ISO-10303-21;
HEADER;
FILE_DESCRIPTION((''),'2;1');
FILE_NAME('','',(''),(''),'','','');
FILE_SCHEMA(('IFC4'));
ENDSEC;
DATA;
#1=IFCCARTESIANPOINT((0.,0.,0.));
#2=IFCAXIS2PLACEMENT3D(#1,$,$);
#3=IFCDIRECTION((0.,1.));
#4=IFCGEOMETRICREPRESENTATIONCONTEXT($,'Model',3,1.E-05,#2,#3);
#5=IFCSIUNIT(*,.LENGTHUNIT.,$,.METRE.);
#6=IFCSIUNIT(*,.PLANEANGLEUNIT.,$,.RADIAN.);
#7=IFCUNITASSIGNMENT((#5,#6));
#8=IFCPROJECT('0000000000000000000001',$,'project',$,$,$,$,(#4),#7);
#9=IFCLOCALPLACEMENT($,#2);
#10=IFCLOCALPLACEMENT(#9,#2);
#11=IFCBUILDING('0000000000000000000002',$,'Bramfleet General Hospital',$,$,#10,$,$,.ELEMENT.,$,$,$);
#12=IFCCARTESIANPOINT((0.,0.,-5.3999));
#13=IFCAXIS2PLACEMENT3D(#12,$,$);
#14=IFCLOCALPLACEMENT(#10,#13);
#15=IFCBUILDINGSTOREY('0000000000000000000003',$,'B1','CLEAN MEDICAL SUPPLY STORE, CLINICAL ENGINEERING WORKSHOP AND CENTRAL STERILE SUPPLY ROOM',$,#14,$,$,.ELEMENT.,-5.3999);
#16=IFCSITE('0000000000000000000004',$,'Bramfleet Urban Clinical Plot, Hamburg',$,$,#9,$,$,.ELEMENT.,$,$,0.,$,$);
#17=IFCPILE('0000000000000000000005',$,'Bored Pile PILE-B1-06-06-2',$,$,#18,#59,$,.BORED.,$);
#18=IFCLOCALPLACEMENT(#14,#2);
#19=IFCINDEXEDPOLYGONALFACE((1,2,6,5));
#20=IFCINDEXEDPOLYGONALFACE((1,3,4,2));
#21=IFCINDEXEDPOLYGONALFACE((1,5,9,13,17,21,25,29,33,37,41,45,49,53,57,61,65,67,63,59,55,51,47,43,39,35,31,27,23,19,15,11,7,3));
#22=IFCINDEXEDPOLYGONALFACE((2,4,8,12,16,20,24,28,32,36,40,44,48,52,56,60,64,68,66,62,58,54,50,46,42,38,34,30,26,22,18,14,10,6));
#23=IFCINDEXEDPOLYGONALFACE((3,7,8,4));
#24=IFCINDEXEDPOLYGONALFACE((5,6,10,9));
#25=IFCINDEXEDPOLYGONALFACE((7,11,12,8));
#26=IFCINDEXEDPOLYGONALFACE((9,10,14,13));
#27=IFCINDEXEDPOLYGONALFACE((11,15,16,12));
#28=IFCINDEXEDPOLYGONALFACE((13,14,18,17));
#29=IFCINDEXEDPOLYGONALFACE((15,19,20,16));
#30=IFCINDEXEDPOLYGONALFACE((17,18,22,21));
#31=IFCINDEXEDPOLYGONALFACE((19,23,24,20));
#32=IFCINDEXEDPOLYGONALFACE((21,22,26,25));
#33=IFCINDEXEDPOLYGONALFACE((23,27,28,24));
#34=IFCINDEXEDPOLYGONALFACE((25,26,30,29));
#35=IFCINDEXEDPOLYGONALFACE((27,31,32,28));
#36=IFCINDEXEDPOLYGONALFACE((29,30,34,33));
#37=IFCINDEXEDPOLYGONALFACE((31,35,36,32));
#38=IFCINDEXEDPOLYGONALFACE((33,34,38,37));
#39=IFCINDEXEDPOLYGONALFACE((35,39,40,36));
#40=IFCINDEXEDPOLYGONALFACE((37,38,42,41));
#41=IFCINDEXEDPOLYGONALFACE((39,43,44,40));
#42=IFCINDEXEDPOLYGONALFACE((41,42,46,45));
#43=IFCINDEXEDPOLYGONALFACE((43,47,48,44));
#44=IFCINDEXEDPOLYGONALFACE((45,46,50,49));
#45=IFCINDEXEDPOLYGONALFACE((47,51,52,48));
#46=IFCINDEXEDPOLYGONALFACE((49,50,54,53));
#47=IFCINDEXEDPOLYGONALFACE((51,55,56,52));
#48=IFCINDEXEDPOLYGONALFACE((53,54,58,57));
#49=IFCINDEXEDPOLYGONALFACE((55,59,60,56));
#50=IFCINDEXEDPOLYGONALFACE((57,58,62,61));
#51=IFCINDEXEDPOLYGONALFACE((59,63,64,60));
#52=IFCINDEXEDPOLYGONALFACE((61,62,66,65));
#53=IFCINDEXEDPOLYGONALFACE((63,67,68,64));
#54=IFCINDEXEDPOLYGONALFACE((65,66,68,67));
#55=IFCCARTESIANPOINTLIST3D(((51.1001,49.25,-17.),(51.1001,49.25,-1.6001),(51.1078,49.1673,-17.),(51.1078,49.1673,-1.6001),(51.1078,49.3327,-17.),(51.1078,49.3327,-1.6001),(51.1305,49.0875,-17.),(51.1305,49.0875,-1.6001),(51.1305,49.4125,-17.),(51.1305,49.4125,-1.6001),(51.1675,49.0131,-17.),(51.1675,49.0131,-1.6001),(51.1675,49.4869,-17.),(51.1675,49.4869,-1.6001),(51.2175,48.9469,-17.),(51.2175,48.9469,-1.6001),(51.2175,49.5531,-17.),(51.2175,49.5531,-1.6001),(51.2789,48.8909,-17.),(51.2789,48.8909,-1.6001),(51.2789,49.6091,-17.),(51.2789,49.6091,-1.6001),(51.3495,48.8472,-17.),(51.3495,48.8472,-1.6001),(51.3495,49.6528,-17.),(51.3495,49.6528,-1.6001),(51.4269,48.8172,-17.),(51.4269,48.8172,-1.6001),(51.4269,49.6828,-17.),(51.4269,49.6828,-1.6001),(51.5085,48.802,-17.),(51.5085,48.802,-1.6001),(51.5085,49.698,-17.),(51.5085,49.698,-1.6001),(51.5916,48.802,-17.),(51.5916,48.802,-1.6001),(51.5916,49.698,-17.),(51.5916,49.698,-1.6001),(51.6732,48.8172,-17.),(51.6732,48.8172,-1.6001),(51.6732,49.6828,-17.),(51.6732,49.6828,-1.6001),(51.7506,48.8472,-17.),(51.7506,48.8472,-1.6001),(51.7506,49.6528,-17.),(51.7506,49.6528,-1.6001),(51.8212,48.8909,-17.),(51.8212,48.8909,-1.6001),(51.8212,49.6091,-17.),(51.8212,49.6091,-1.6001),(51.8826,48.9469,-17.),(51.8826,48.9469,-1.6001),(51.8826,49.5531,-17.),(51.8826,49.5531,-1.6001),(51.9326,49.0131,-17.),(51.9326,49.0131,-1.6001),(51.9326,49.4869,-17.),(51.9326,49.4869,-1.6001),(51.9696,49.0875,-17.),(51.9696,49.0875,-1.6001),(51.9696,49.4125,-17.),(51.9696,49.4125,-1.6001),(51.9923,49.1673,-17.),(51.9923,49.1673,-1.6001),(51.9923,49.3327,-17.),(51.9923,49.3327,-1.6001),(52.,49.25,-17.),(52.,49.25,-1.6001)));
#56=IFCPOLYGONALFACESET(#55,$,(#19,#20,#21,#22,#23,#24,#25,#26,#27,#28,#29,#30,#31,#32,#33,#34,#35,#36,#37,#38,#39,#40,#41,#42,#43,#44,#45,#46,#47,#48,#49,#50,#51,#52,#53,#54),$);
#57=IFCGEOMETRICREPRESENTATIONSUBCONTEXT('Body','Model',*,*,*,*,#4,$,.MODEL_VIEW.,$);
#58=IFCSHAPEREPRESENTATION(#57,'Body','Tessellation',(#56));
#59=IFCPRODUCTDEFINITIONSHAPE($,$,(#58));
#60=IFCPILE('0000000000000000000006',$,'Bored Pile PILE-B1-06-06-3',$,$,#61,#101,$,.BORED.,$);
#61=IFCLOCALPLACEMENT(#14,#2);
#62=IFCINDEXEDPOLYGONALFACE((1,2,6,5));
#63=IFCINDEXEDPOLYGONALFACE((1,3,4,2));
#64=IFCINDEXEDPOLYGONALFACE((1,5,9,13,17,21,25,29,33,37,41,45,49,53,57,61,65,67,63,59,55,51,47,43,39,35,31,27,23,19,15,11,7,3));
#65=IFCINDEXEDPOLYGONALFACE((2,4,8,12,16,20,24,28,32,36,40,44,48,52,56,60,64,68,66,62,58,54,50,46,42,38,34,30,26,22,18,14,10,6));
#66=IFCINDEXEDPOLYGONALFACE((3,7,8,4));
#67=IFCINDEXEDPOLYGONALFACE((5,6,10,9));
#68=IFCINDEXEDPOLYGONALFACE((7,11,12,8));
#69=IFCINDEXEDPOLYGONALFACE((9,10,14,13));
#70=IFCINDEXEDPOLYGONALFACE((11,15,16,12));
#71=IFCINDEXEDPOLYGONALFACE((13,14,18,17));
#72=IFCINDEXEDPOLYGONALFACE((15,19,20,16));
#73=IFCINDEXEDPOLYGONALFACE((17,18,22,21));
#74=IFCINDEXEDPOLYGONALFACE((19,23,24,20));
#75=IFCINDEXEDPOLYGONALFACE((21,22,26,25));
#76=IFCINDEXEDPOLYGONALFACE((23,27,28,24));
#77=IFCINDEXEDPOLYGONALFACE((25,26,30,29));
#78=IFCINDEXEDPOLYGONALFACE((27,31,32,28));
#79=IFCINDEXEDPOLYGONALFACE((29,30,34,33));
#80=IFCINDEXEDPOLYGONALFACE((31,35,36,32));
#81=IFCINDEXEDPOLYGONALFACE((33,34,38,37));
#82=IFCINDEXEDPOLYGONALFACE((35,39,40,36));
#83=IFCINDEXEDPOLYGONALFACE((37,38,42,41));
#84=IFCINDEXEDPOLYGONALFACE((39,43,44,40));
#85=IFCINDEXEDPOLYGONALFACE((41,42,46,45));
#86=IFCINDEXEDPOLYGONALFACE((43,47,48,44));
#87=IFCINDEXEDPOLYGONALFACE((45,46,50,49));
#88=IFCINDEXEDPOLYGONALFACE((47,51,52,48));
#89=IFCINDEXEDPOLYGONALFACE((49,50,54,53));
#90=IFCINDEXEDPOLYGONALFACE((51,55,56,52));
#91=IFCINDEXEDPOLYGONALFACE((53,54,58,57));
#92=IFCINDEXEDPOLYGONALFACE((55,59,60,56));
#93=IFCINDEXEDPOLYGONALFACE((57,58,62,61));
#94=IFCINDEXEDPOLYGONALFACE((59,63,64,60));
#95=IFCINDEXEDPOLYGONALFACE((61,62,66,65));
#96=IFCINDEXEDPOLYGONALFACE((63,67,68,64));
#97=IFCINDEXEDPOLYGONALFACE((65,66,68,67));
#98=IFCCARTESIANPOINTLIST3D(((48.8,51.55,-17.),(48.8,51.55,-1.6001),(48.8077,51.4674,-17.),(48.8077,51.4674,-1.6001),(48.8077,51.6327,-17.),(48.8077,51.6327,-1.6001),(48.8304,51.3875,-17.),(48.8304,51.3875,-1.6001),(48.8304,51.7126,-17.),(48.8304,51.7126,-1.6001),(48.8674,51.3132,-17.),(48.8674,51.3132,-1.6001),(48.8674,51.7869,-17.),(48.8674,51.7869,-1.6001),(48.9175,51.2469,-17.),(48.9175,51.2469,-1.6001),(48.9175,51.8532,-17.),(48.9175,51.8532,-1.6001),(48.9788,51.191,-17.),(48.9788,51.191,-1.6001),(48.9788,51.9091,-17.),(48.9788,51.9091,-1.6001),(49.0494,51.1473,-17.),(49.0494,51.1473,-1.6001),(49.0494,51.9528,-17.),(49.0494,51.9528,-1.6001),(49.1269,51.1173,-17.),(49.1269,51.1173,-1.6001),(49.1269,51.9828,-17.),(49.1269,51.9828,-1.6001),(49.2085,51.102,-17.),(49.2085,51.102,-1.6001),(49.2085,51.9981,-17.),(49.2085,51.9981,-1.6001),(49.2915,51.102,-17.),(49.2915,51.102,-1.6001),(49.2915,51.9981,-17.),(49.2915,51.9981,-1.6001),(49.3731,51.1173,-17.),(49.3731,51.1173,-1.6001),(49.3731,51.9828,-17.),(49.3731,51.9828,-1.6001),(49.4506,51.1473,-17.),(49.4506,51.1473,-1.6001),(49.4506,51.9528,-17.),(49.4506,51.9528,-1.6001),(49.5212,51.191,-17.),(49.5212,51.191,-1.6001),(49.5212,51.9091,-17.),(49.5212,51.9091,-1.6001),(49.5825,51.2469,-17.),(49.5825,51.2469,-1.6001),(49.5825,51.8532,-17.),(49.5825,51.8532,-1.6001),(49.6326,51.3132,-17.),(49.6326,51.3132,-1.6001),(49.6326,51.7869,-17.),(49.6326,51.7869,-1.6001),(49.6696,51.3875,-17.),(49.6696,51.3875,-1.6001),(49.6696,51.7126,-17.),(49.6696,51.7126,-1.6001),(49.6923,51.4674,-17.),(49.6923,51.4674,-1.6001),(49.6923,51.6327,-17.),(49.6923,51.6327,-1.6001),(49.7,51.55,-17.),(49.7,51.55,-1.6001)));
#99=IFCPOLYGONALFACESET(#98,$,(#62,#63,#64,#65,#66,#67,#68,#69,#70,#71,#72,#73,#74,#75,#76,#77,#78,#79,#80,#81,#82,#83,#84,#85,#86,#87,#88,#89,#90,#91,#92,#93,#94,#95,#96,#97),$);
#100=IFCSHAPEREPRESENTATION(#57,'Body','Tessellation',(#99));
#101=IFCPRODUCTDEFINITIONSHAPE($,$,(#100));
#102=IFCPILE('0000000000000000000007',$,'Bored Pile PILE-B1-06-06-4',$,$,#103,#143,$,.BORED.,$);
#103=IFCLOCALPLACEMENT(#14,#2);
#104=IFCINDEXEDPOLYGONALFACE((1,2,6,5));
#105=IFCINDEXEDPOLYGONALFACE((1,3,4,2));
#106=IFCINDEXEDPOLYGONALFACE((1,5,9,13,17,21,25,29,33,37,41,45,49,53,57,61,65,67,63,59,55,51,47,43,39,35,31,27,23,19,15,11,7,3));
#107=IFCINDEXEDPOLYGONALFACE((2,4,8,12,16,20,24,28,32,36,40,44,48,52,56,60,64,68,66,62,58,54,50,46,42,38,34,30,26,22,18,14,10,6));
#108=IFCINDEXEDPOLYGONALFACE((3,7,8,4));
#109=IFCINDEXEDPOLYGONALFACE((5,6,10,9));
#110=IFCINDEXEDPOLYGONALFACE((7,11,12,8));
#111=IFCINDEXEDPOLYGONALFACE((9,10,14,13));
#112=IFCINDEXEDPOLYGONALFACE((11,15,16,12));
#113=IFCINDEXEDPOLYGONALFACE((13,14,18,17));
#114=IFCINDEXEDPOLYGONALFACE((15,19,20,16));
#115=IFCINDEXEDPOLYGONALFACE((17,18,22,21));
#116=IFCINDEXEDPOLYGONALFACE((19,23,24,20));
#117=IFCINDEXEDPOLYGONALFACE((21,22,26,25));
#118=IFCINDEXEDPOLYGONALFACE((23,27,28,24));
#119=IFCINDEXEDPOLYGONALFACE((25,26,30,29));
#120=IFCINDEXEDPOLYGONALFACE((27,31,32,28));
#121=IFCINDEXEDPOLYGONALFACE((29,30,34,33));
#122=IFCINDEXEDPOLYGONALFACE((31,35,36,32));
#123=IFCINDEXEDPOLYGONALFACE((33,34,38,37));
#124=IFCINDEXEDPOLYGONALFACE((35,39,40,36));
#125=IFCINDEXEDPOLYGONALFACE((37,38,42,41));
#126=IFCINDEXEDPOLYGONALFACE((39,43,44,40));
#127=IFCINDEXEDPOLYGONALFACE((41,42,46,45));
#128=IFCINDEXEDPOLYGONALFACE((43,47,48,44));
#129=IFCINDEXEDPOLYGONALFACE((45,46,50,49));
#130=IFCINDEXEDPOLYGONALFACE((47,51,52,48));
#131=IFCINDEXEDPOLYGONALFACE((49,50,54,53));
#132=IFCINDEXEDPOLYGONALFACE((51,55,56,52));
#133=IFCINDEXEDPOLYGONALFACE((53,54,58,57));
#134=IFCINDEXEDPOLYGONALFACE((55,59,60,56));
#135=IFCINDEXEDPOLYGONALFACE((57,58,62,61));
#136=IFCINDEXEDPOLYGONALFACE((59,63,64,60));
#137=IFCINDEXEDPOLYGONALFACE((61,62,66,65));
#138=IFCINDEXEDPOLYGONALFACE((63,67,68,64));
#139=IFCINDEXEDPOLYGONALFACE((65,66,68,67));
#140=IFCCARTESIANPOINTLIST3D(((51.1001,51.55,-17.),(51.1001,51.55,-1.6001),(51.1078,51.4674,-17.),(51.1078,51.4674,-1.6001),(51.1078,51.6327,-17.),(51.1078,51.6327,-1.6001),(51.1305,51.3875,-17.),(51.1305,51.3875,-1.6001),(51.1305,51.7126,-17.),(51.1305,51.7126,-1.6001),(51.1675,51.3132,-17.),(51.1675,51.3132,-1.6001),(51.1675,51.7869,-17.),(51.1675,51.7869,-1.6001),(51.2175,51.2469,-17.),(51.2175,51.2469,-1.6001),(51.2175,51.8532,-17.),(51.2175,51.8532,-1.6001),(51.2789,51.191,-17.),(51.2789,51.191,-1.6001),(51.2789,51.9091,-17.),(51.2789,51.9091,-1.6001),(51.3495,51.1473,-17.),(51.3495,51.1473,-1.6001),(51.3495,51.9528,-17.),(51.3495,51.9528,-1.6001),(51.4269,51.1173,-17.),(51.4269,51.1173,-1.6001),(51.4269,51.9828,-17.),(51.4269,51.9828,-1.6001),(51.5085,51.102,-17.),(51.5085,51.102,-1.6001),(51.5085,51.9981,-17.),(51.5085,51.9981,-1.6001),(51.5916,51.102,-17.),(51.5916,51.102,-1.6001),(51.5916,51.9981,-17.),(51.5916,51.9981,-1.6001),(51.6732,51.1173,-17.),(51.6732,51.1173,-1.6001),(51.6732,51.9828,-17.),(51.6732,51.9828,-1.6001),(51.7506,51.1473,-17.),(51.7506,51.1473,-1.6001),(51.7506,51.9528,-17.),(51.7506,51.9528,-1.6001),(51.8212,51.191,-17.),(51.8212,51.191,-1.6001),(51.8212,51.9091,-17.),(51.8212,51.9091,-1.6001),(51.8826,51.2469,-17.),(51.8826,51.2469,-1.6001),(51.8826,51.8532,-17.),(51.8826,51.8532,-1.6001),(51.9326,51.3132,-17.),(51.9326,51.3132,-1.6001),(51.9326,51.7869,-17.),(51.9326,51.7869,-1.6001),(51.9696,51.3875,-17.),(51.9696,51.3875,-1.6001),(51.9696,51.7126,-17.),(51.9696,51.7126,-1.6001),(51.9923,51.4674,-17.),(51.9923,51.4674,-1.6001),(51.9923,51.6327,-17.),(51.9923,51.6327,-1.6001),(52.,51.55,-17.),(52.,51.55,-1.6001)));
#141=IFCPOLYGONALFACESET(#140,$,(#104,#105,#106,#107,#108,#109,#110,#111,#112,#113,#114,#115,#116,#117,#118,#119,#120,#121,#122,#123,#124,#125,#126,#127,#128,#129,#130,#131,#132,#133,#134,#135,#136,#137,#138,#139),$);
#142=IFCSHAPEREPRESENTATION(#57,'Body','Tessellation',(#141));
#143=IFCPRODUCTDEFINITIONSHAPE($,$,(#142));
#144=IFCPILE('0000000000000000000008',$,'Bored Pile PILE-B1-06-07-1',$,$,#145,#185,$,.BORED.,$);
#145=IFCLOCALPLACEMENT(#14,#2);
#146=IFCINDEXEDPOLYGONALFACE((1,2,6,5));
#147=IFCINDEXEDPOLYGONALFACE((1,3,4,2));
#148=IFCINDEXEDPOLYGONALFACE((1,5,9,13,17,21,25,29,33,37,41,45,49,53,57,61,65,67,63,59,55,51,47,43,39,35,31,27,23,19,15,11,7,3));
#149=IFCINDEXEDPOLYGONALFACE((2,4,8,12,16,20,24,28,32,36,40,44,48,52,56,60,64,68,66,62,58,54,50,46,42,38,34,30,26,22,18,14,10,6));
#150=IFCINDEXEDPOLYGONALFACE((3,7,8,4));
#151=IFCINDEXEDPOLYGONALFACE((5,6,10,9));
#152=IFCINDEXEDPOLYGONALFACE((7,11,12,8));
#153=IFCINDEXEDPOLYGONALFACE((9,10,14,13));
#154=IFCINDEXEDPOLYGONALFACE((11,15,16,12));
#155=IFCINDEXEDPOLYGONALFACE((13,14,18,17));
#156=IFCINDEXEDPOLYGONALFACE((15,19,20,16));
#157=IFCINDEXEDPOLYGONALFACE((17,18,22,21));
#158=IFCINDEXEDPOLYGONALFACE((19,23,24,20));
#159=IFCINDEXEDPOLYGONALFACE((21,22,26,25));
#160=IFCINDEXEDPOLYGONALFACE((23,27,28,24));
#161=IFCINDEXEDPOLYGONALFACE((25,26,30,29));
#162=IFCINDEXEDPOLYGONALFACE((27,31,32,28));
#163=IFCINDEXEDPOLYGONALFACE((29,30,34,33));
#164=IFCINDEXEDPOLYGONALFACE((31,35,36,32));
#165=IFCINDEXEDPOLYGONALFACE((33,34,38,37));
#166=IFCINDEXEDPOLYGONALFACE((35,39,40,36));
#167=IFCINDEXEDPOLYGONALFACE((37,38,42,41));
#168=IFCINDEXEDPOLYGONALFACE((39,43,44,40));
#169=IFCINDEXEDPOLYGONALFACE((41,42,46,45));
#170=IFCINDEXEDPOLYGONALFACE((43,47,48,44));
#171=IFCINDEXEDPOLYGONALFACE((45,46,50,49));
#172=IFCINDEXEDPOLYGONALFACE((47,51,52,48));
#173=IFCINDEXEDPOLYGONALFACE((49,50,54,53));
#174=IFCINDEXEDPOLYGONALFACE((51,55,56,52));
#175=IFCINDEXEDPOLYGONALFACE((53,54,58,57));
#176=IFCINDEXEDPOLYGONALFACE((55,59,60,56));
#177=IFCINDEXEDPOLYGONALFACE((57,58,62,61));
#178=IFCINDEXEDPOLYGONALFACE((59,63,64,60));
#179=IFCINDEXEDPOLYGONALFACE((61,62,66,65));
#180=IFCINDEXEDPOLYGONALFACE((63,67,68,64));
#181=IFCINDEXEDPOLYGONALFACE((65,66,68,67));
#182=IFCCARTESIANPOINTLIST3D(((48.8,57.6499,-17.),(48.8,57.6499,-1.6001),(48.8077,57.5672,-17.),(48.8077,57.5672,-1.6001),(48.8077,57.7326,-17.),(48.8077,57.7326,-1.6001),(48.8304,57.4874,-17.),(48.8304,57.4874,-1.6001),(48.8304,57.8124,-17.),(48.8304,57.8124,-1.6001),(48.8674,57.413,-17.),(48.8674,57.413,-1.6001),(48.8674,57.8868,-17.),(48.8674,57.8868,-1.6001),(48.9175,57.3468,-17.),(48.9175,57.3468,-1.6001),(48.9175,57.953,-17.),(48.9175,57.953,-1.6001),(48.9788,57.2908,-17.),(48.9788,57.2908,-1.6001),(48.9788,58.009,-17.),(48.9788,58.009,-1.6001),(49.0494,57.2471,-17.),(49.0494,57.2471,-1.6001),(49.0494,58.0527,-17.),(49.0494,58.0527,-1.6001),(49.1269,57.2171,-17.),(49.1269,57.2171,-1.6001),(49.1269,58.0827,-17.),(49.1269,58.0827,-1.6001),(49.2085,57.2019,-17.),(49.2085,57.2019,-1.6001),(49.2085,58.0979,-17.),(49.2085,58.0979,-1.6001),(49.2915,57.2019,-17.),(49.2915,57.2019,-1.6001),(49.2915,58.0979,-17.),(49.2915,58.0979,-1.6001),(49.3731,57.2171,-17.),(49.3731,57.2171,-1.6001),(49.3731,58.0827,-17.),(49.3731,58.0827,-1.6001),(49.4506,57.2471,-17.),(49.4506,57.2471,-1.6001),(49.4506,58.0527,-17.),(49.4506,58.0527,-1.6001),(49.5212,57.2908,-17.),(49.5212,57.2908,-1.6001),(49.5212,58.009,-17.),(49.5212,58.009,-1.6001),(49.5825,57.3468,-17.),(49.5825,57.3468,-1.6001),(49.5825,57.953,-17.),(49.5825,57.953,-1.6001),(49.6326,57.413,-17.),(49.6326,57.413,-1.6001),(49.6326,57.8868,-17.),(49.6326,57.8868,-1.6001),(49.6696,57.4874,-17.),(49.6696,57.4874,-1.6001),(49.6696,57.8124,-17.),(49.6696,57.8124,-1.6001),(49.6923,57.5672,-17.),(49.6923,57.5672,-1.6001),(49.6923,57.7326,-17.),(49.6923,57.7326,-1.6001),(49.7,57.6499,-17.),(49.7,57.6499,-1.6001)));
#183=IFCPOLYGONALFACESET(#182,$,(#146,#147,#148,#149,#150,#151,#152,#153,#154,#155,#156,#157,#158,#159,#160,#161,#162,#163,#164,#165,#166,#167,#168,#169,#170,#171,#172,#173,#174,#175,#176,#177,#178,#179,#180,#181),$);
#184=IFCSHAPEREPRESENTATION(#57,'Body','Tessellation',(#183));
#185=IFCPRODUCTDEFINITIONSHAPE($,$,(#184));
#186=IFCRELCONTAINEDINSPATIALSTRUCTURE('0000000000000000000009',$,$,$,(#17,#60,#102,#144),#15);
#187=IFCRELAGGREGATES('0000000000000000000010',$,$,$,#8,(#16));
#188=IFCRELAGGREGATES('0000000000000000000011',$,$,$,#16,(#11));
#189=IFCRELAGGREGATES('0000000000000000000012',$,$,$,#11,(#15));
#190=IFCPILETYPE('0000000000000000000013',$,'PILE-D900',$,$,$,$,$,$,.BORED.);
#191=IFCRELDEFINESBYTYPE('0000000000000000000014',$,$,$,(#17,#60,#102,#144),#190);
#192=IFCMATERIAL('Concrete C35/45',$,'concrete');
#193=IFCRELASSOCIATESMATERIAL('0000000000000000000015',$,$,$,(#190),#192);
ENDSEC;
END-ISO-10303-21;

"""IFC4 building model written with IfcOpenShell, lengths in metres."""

from ifc_helpers import new_model, si_unit, direction, frame, origin, origin_2d, place, context, subcontext, project, spatial, circle, extrude, material, material_profile, profile_set, type_object, element, save


model = new_model("IFC4")

# Units and contexts
model_context = context("Model", 3, precision=1e-05, world=origin(), true_north=direction((0.0, 1.0)))
body_context = subcontext(model_context, "Body", "Model", "MODEL_VIEW")
ifc_project = project(units=[si_unit("LENGTHUNIT", "METRE"), si_unit("PLANEANGLEUNIT", "RADIAN")], contexts=[model_context])

# Site, building, storey
site_placement = place(None, origin())
site = spatial("IfcSite", under=ifc_project, at=site_placement, Name="Bramfleet Urban Clinical Plot, Hamburg", CompositionType="ELEMENT", RefElevation=0.0)
building_placement = place(site_placement, origin())
building = spatial("IfcBuilding", under=site, at=building_placement, Name="Bramfleet General Hospital", CompositionType="ELEMENT")
storey_placement = place(building_placement, frame((0.0, 0.0, -5.3999)))
storey = spatial("IfcBuildingStorey", under=building, at=storey_placement, Name="B1", Description="CLEAN MEDICAL SUPPLY STORE, CLINICAL ENGINEERING WORKSHOP AND CENTRAL STERILE SUPPLY ROOM", CompositionType="ELEMENT", Elevation=-5.3999)

# Shared definitions
ifc_material_1 = material(Name="Concrete C35/45", Category="concrete")

# Piles
ifc_material_profile_1 = material_profile(ifc_material_1, circle(Radius=0.45, at=origin_2d()), Name="PILE BORED D900")
ifc_profile_set_1 = profile_set([ifc_material_profile_1], Name="Concrete C35/45")
pile_type_1 = type_object("IfcPileType", Name="PILE-D900", PredefinedType="BORED", material=ifc_profile_set_1)
for number, where, z_axis, x_axis, name in (
    (1, (51.55, 49.25, -1.6001), (0.0, 0.0, -1.0), (1.0, 0.0, 0.0), "Bored Pile PILE-B1-06-06-2"),
    (2, (49.25, 51.55, -1.6001), (0.0, 0.0, -1.0), (1.0, 0.0, 0.0), "Bored Pile PILE-B1-06-06-3"),
    (3, (51.55, 51.55, -1.6001), (0.0, 0.0, -1.0), (1.0, 0.0, 0.0), "Bored Pile PILE-B1-06-06-4"),
    (4, (49.25, 57.6499, -1.6001), (0.0, 0.0, -1.0), (1.0, 0.0, 0.0), "Bored Pile PILE-B1-06-07-1"),
):
    element("IfcPile", number, at=place(storey_placement, frame(where, z_axis=z_axis, x_axis=x_axis)), inside=storey, type_object=pile_type_1, Name=name, PredefinedType="BORED", context=body_context, shape_type="SweptSolid", body=[
        extrude(circle(Radius=0.45, at=origin_2d()), origin(), (0.0, 0.0, 1.0), 15.3999),
    ])

save(model, "model.ifc")
